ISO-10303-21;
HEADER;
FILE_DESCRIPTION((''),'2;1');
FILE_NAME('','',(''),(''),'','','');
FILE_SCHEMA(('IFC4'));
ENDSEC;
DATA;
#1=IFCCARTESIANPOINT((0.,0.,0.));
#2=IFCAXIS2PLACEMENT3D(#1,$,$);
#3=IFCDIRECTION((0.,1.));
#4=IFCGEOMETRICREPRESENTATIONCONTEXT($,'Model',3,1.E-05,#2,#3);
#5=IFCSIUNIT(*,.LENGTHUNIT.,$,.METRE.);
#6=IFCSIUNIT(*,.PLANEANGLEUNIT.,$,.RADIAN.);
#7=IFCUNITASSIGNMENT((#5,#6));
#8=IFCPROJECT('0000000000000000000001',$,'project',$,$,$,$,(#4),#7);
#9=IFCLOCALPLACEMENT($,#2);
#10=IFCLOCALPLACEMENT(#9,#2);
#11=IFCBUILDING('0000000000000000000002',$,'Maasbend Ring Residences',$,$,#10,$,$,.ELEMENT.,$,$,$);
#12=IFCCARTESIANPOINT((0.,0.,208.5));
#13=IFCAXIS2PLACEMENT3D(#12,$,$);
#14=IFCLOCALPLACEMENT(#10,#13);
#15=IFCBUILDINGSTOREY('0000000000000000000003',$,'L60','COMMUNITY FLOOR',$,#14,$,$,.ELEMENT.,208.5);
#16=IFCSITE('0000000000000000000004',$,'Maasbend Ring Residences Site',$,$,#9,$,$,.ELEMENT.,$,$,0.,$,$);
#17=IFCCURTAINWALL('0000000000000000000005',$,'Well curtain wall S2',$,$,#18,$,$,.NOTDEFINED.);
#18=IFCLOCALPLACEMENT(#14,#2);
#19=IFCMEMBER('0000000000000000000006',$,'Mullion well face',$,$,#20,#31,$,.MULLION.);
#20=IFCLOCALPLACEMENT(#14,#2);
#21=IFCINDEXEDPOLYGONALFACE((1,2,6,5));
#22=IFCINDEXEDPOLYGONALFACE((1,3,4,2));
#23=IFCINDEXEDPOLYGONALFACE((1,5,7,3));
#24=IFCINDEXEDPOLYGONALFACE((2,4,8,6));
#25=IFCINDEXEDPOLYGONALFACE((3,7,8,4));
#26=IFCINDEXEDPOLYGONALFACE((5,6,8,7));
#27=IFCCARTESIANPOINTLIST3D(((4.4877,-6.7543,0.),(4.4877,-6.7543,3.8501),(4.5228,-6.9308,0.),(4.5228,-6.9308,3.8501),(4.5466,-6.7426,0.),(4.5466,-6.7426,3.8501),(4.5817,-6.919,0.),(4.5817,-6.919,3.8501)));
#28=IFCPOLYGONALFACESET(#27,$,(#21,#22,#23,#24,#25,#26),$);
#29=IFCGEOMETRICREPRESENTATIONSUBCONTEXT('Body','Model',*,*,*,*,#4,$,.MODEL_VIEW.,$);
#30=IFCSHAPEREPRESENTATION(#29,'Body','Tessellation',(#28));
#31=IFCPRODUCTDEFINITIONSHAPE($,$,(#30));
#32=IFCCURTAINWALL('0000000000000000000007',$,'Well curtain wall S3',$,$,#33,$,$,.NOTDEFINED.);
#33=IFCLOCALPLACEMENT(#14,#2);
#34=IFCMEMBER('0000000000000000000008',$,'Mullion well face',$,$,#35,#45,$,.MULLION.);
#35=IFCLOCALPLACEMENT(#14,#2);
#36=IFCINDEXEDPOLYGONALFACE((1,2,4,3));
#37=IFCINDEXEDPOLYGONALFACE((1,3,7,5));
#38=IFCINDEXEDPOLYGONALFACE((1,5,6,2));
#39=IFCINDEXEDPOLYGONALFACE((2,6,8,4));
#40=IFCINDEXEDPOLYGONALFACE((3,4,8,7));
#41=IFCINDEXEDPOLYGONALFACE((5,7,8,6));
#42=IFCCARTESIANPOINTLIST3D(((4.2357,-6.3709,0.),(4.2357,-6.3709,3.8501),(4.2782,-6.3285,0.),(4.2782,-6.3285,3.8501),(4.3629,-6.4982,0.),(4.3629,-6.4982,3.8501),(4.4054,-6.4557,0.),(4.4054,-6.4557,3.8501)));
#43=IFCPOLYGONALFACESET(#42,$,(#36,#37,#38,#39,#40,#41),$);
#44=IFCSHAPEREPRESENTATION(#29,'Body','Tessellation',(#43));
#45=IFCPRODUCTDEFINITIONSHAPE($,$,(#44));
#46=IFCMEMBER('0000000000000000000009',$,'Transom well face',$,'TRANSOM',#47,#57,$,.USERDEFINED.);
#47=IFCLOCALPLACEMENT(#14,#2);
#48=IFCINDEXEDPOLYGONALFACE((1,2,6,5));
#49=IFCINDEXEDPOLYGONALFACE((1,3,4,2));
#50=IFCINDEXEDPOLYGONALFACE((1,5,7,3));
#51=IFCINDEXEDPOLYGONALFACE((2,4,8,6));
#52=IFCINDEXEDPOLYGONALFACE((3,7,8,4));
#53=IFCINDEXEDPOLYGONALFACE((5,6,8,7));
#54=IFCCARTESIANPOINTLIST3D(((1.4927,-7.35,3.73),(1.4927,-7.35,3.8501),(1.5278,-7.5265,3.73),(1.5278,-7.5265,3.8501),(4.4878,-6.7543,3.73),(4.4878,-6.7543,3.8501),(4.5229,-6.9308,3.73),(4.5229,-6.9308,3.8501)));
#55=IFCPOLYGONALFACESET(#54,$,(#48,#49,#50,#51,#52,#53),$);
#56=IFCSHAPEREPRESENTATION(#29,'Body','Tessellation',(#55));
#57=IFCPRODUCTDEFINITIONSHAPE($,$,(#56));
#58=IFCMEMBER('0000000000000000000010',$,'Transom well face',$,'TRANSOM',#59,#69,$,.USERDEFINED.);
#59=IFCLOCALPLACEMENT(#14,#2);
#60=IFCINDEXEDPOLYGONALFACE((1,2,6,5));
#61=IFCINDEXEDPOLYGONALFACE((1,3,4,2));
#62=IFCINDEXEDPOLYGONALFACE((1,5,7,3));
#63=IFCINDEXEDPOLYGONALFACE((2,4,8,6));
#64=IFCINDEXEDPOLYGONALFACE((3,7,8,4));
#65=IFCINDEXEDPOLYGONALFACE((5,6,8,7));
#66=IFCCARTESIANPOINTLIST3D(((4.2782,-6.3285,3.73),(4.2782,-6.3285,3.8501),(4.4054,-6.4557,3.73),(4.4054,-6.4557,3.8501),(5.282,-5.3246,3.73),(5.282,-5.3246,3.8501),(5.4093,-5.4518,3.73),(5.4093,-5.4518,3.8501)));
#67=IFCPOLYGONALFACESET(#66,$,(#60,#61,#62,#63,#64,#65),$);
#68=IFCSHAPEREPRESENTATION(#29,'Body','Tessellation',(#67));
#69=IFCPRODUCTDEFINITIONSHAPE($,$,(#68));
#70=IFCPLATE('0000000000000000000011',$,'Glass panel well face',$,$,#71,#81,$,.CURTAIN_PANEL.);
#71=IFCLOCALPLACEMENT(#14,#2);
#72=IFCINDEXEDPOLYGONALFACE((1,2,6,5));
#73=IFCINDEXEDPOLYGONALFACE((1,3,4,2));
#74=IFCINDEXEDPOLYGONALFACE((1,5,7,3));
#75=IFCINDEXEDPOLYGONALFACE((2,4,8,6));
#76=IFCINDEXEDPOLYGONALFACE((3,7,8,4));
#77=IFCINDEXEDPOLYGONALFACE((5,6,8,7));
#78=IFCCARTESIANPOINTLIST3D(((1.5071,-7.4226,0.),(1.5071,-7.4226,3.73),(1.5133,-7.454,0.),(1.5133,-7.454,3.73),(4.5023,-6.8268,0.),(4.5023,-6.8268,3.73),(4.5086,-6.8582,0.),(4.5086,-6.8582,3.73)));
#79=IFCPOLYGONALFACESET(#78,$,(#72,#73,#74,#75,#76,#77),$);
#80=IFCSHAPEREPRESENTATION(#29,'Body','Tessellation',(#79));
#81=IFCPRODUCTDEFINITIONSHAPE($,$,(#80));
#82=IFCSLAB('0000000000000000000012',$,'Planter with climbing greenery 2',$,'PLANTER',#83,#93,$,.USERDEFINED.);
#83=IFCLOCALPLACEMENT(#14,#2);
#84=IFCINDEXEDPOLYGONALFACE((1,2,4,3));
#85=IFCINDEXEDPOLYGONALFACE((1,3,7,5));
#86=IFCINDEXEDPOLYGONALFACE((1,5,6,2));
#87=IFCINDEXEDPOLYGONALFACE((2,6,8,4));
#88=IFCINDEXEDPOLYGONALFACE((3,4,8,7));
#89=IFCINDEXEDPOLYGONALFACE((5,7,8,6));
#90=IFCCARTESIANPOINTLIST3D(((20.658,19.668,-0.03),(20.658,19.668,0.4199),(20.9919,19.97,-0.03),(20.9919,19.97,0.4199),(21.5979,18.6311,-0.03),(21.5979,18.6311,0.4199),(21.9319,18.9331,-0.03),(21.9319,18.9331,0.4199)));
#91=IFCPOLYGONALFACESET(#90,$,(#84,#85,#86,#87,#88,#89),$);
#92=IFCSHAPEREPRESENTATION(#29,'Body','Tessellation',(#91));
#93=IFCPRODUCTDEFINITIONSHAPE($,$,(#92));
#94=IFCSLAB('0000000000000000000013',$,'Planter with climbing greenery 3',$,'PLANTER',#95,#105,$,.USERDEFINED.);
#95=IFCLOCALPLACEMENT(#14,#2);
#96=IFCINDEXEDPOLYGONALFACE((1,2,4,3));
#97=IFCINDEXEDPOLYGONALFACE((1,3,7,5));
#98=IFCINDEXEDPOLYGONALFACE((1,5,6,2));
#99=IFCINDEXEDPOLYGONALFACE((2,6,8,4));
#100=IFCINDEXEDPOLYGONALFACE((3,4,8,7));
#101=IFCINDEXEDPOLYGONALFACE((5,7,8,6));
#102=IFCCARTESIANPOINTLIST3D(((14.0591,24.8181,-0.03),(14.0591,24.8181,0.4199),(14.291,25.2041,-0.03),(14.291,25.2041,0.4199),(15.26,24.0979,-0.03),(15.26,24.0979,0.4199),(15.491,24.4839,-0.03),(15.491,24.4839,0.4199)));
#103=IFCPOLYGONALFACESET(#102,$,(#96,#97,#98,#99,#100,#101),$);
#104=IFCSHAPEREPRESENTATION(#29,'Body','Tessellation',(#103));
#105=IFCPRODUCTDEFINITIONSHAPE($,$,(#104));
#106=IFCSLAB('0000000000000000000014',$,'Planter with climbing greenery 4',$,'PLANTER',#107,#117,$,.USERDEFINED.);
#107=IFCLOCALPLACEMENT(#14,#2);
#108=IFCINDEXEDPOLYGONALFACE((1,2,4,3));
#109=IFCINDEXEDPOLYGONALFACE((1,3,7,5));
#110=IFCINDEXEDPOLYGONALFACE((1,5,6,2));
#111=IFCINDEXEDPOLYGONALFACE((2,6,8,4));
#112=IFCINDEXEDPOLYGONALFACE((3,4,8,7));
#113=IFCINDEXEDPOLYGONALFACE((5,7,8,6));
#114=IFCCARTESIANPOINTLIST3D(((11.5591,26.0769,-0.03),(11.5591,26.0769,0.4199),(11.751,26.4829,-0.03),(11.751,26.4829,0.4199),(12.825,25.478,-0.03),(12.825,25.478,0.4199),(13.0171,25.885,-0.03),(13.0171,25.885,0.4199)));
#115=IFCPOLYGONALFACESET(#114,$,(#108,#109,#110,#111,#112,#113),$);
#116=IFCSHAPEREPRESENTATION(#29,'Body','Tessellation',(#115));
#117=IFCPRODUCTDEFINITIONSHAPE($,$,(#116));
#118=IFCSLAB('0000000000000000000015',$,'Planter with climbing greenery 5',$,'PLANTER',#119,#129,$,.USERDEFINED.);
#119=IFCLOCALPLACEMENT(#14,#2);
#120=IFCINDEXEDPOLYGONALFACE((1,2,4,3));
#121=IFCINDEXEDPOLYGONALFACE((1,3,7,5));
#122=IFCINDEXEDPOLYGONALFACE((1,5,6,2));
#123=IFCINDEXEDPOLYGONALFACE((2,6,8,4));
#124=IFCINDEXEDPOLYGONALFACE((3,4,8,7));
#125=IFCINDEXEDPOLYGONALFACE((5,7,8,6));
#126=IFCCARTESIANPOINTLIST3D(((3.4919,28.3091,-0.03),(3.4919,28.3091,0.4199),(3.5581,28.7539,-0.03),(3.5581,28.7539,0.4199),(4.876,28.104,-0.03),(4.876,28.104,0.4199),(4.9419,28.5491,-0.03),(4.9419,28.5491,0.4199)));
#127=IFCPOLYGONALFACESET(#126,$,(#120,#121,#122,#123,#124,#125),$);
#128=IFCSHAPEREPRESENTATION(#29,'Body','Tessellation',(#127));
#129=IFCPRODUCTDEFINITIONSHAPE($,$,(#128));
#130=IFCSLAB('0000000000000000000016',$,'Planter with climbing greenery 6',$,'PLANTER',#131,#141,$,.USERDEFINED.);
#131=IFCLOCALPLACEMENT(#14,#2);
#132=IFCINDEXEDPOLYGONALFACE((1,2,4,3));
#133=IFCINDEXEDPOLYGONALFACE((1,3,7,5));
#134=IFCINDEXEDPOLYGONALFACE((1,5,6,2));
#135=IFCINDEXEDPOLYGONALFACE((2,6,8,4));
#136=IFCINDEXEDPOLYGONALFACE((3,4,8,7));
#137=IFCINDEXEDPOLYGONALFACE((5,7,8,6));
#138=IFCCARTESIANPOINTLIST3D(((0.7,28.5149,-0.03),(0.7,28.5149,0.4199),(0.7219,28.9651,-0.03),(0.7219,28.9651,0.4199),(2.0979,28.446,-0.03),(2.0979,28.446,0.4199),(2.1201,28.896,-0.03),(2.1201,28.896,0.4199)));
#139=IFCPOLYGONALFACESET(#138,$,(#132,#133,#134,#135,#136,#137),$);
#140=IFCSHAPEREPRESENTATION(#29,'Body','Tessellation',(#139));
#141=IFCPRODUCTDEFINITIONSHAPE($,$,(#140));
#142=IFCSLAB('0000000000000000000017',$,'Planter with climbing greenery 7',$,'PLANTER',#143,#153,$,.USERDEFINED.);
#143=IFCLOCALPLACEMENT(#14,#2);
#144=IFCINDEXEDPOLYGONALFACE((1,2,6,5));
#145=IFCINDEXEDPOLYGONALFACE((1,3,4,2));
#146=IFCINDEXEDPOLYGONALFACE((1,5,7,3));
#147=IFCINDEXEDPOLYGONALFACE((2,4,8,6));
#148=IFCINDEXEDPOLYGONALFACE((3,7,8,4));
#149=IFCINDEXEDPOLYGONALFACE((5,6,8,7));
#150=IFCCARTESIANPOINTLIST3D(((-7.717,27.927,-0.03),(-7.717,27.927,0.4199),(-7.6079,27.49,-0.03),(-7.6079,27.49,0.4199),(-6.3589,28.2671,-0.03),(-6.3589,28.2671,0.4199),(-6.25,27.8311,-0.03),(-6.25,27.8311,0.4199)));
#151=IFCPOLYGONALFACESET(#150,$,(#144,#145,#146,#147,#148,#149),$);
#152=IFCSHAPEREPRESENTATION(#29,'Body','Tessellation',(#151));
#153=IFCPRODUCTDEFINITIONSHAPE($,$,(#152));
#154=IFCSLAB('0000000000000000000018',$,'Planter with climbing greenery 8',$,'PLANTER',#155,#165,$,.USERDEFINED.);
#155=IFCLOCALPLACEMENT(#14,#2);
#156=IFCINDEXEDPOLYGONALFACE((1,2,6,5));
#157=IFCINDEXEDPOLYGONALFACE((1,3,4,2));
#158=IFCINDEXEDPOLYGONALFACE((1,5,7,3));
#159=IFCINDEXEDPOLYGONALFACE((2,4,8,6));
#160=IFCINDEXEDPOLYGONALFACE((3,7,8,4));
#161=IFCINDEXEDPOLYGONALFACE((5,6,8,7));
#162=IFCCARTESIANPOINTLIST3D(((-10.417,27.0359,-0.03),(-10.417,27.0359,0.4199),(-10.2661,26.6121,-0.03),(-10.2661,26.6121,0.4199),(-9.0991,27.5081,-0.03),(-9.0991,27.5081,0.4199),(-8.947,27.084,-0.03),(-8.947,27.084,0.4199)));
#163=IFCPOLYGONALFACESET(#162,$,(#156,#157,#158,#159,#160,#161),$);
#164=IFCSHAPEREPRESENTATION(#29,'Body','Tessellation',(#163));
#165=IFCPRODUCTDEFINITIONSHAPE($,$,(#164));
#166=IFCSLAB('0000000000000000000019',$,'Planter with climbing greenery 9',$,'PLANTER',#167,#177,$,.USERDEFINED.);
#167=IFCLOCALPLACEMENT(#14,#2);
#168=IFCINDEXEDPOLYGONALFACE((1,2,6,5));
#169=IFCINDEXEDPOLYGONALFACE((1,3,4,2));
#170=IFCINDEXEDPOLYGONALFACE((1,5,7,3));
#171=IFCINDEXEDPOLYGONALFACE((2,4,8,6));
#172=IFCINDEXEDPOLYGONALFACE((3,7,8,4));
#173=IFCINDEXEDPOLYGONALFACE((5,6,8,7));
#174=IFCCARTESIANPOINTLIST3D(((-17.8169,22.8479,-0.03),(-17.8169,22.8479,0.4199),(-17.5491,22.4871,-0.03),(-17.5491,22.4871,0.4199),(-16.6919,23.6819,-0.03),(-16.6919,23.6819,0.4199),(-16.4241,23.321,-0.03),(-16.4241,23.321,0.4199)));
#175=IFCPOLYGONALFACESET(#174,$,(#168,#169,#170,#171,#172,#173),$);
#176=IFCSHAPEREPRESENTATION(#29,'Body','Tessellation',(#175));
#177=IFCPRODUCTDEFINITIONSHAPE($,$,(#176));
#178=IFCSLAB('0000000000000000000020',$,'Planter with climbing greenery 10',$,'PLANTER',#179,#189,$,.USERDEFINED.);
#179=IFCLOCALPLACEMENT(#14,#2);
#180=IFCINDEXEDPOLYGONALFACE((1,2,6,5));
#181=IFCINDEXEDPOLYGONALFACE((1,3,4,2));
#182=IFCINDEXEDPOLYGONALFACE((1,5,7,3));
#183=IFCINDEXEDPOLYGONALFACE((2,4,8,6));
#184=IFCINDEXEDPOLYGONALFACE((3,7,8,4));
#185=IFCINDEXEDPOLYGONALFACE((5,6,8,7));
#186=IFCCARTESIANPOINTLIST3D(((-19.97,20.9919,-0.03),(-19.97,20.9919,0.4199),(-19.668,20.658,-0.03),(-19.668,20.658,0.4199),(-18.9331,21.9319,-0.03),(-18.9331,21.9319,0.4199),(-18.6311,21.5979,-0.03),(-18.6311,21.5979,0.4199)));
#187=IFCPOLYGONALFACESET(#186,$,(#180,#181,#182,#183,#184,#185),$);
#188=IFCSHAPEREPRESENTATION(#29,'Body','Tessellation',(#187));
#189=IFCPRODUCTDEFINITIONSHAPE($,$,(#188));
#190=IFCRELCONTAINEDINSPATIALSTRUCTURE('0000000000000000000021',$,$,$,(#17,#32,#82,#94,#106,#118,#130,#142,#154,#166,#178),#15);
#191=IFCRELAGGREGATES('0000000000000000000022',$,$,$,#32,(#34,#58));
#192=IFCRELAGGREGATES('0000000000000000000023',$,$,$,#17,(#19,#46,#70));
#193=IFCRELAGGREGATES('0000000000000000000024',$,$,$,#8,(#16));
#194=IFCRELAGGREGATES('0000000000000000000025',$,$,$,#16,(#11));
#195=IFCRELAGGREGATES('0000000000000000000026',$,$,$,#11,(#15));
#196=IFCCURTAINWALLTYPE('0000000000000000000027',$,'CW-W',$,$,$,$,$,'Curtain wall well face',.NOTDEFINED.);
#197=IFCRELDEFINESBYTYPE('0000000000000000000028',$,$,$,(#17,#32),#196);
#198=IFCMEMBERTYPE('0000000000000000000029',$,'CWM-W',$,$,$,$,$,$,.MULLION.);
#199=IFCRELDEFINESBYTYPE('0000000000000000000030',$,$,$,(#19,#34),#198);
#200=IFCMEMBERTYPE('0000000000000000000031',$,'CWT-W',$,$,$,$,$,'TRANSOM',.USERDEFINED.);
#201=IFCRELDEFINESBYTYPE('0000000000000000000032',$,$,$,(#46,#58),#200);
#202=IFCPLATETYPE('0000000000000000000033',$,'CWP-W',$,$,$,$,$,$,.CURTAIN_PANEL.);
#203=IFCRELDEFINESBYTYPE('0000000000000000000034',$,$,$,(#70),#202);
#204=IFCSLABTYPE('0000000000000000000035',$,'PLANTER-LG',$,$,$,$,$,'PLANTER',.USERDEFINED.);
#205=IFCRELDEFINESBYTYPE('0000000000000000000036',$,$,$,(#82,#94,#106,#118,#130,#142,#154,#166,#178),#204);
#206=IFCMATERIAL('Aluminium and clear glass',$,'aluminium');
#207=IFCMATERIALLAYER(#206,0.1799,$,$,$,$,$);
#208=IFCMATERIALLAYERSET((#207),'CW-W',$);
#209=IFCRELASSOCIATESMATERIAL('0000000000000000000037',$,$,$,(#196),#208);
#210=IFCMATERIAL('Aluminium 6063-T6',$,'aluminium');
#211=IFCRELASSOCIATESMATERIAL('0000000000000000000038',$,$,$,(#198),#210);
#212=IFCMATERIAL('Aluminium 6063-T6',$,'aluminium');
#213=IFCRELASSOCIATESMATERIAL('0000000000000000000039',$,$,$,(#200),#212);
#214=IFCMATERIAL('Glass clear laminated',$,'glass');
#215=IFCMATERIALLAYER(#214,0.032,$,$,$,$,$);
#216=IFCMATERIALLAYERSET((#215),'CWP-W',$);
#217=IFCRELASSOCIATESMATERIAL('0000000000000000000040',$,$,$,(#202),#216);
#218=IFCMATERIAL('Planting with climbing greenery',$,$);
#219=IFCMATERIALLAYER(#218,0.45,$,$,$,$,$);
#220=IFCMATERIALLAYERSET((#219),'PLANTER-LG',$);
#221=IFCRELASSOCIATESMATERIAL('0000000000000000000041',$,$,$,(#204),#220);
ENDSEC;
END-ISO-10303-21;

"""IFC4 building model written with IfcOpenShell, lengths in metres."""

from ifc_helpers import new_model, si_unit, direction, frame, origin, origin_2d, place, context, subcontext, project, spatial, polyline, rectangle, outline, extrude, material, layer, layer_set, material_profile, profile_set, type_object, element, aggregate, save


model = new_model("IFC4")

# Units and contexts
model_context = context("Model", 3, precision=1e-05, world=origin(), true_north=direction((0.0, 1.0)))
body_context = subcontext(model_context, "Body", "Model", "MODEL_VIEW")
ifc_project = project(units=[si_unit("LENGTHUNIT", "METRE"), si_unit("PLANEANGLEUNIT", "RADIAN")], contexts=[model_context])

# Site, building, storey
site_placement = place(None, origin())
site = spatial("IfcSite", under=ifc_project, at=site_placement, Name="Maasbend Ring Residences Site", CompositionType="ELEMENT", RefElevation=0.0)
building_placement = place(site_placement, origin())
building = spatial("IfcBuilding", under=site, at=building_placement, Name="Maasbend Ring Residences", CompositionType="ELEMENT")
storey_placement = place(building_placement, frame((0.0, 0.0, 208.5)))
storey = spatial("IfcBuildingStorey", under=building, at=storey_placement, Name="L60", Description="COMMUNITY FLOOR", CompositionType="ELEMENT", Elevation=208.5)

# Curtain walls, members
ifc_material_1 = material(Name="Aluminium and clear glass", Category="aluminium")
ifc_layer_1 = layer(ifc_material_1, 0.1799)
ifc_layer_set_1 = layer_set([ifc_layer_1], Name="CW-W")
curtain_wall_type = type_object("IfcCurtainWallType", Name="CW-W", ElementType="Curtain wall well face", PredefinedType="NOTDEFINED", material=ifc_layer_set_1)
curtain_wall_1_placement = place(storey_placement, origin())
curtain_wall_1 = element("IfcCurtainWall", 1, at=curtain_wall_1_placement, inside=storey, type_object=curtain_wall_type, Name="Well curtain wall S2", PredefinedType="NOTDEFINED")
ifc_material_2 = material(Name="Aluminium 6063-T6", Category="aluminium")
ifc_material_profile_1 = material_profile(ifc_material_2, rectangle(XDim=0.1799, YDim=0.0601, at=origin_2d()), Name="AL 180x60")
ifc_profile_set_1 = profile_set([ifc_material_profile_1], Name="Aluminium 6063-T6")
member_type_1 = type_object("IfcMemberType", Name="CWM-W", PredefinedType="MULLION", material=ifc_profile_set_1)
member_1_placement = place(storey_placement, frame((4.5347, -6.8367, 0.0), z_axis=(0.0, 0.0, 1.0), x_axis=(-0.19509, 0.980785, 0.0)))
member_1 = element("IfcMember", 2, at=member_1_placement, type_object=member_type_1, Name="Mullion well face", PredefinedType="MULLION", context=body_context, shape_type="SweptSolid", body=[
    extrude(rectangle(XDim=0.1799, YDim=0.0601, at=origin_2d()), origin(), (0.0, 0.0, 1.0), 3.8501),
])
curtain_wall_2_placement = place(storey_placement, origin())
curtain_wall_2 = element("IfcCurtainWall", 3, at=curtain_wall_2_placement, inside=storey, type_object=curtain_wall_type, Name="Well curtain wall S3", PredefinedType="NOTDEFINED")
member_2_placement = place(storey_placement, frame((4.3206, -6.4133, 0.0), z_axis=(0.0, 0.0, 1.0), x_axis=(-0.707107, 0.707107, 0.0)))
member_2 = element("IfcMember", 4, at=member_2_placement, type_object=member_type_1, Name="Mullion well face", PredefinedType="MULLION", context=body_context, shape_type="SweptSolid", body=[
    extrude(rectangle(XDim=0.1799, YDim=0.0601, at=origin_2d()), origin(), (0.0, 0.0, 1.0), 3.8501),
])

# Members
ifc_material_3 = material(Name="Aluminium 6063-T6", Category="aluminium")
ifc_material_profile_2 = material_profile(ifc_material_3, rectangle(XDim=0.1799, YDim=0.1201, at=origin_2d()), Name="AL 180x120")
ifc_profile_set_2 = profile_set([ifc_material_profile_2], Name="Aluminium 6063-T6")
member_type_2 = type_object("IfcMemberType", Name="CWT-W", ElementType="TRANSOM", PredefinedType="USERDEFINED", material=ifc_profile_set_2)
member_3_placement = place(storey_placement, frame((1.5103, -7.4382, 3.79), z_axis=(0.980789, 0.195071, 0.0), x_axis=(-0.195071, 0.980789, 0.0)))
member_3 = element("IfcMember", 5, at=member_3_placement, type_object=member_type_2, Name="Transom well face", ObjectType="TRANSOM", PredefinedType="USERDEFINED", context=body_context, shape_type="SweptSolid", body=[
    extrude(rectangle(XDim=0.1799, YDim=0.1201, at=origin_2d()), origin(), (0.0, 0.0, 1.0), 3.0537),
])
member_4_placement = place(storey_placement, frame((4.3418, -6.3921, 3.79), z_axis=(0.707107, 0.707107, 0.0), x_axis=(-0.707107, 0.707107, 0.0)))
member_4 = element("IfcMember", 6, at=member_4_placement, type_object=member_type_2, Name="Transom well face", ObjectType="TRANSOM", PredefinedType="USERDEFINED", context=body_context, shape_type="SweptSolid", body=[
    extrude(rectangle(XDim=0.1799, YDim=0.1201, at=origin_2d()), origin(), (0.0, 0.0, 1.0), 1.4197),
])
aggregate(curtain_wall_2, [member_2, member_4])

# Plate
ifc_material_4 = material(Name="Glass clear laminated", Category="glass")
ifc_layer_2 = layer(ifc_material_4, 0.032)
ifc_layer_set_2 = layer_set([ifc_layer_2], Name="CWP-W")
plate_type = type_object("IfcPlateType", Name="CWP-W", PredefinedType="CURTAIN_PANEL", material=ifc_layer_set_2)
plate_placement = place(storey_placement, frame((3.0078, -7.1404, 0.0), z_axis=(0.0, 0.0, 1.0), x_axis=(0.980785, 0.19509, 0.0)))
plate = element("IfcPlate", 7, at=plate_placement, type_object=plate_type, Name="Glass panel well face", PredefinedType="CURTAIN_PANEL", context=body_context, shape_type="SweptSolid", body=[
    extrude(rectangle(XDim=3.054, YDim=0.032, at=origin_2d()), origin(), (0.0, 0.0, 1.0), 3.73),
])
aggregate(curtain_wall_1, [member_1, member_3, plate])

# Slabs
ifc_material_5 = material(Name="Planting with climbing greenery")
ifc_layer_3 = layer(ifc_material_5, 0.45)
ifc_layer_set_3 = layer_set([ifc_layer_3], Name="PLANTER-LG")
slab_type_1 = type_object("IfcSlabType", Name="PLANTER-LG", ElementType="PLANTER", PredefinedType="USERDEFINED", material=ifc_layer_set_3)
slab_1_placement = place(storey_placement, frame((0.0, 0.0, -0.03)))
element("IfcSlab", 8, at=slab_1_placement, inside=storey, type_object=slab_type_1, Name="Planter with climbing greenery 2", ObjectType="PLANTER", PredefinedType="USERDEFINED", context=body_context, shape_type="SweptSolid", body=[
    extrude(outline(polyline([(21.9319, 18.9331), (20.9919, 19.97), (20.658, 19.668), (21.5979, 18.6311), (21.9319, 18.9331)])), origin(), (0.0, 0.0, 1.0), 0.45),
])
slab_2_placement = place(storey_placement, frame((0.0, 0.0, -0.03)))
element("IfcSlab", 9, at=slab_2_placement, inside=storey, type_object=slab_type_1, Name="Planter with climbing greenery 3", ObjectType="PLANTER", PredefinedType="USERDEFINED", context=body_context, shape_type="SweptSolid", body=[
    extrude(outline(polyline([(15.491, 24.4839), (14.291, 25.2041), (14.0591, 24.8181), (15.26, 24.0979), (15.491, 24.4839)])), origin(), (0.0, 0.0, 1.0), 0.45),
])
slab_3_placement = place(storey_placement, frame((0.0, 0.0, -0.03)))
element("IfcSlab", 10, at=slab_3_placement, inside=storey, type_object=slab_type_1, Name="Planter with climbing greenery 4", ObjectType="PLANTER", PredefinedType="USERDEFINED", context=body_context, shape_type="SweptSolid", body=[
    extrude(outline(polyline([(13.0171, 25.885), (11.751, 26.4829), (11.5591, 26.0769), (12.825, 25.478), (13.0171, 25.885)])), origin(), (0.0, 0.0, 1.0), 0.45),
])
slab_4_placement = place(storey_placement, frame((0.0, 0.0, -0.03)))
element("IfcSlab", 11, at=slab_4_placement, inside=storey, type_object=slab_type_1, Name="Planter with climbing greenery 5", ObjectType="PLANTER", PredefinedType="USERDEFINED", context=body_context, shape_type="SweptSolid", body=[
    extrude(outline(polyline([(4.9419, 28.5491), (3.5581, 28.7539), (3.4919, 28.3091), (4.876, 28.104), (4.9419, 28.5491)])), origin(), (0.0, 0.0, 1.0), 0.45),
])
slab_5_placement = place(storey_placement, frame((0.0, 0.0, -0.03)))
element("IfcSlab", 12, at=slab_5_placement, inside=storey, type_object=slab_type_1, Name="Planter with climbing greenery 6", ObjectType="PLANTER", PredefinedType="USERDEFINED", context=body_context, shape_type="SweptSolid", body=[
    extrude(outline(polyline([(2.1201, 28.896), (0.7219, 28.9651), (0.7, 28.5149), (2.0979, 28.446), (2.1201, 28.896)])), origin(), (0.0, 0.0, 1.0), 0.45),
])
slab_6_placement = place(storey_placement, frame((0.0, 0.0, -0.03)))
element("IfcSlab", 13, at=slab_6_placement, inside=storey, type_object=slab_type_1, Name="Planter with climbing greenery 7", ObjectType="PLANTER", PredefinedType="USERDEFINED", context=body_context, shape_type="SweptSolid", body=[
    extrude(outline(polyline([(-6.3589, 28.2671), (-7.717, 27.927), (-7.6079, 27.49), (-6.25, 27.8311), (-6.3589, 28.2671)])), origin(), (0.0, 0.0, 1.0), 0.45),
])
slab_7_placement = place(storey_placement, frame((0.0, 0.0, -0.03)))
element("IfcSlab", 14, at=slab_7_placement, inside=storey, type_object=slab_type_1, Name="Planter with climbing greenery 8", ObjectType="PLANTER", PredefinedType="USERDEFINED", context=body_context, shape_type="SweptSolid", body=[
    extrude(outline(polyline([(-9.0991, 27.5081), (-10.417, 27.0359), (-10.2661, 26.6121), (-8.947, 27.084), (-9.0991, 27.5081)])), origin(), (0.0, 0.0, 1.0), 0.45),
])
slab_8_placement = place(storey_placement, frame((0.0, 0.0, -0.03)))
element("IfcSlab", 15, at=slab_8_placement, inside=storey, type_object=slab_type_1, Name="Planter with climbing greenery 9", ObjectType="PLANTER", PredefinedType="USERDEFINED", context=body_context, shape_type="SweptSolid", body=[
    extrude(outline(polyline([(-16.6919, 23.6819), (-17.8169, 22.8479), (-17.5491, 22.4871), (-16.4241, 23.321), (-16.6919, 23.6819)])), origin(), (0.0, 0.0, 1.0), 0.45),
])
slab_9_placement = place(storey_placement, frame((0.0, 0.0, -0.03)))
element("IfcSlab", 16, at=slab_9_placement, inside=storey, type_object=slab_type_1, Name="Planter with climbing greenery 10", ObjectType="PLANTER", PredefinedType="USERDEFINED", context=body_context, shape_type="SweptSolid", body=[
    extrude(outline(polyline([(-18.9331, 21.9319), (-19.97, 20.9919), (-19.668, 20.658), (-18.6311, 21.5979), (-18.9331, 21.9319)])), origin(), (0.0, 0.0, 1.0), 0.45),
])

save(model, "model.ifc")
